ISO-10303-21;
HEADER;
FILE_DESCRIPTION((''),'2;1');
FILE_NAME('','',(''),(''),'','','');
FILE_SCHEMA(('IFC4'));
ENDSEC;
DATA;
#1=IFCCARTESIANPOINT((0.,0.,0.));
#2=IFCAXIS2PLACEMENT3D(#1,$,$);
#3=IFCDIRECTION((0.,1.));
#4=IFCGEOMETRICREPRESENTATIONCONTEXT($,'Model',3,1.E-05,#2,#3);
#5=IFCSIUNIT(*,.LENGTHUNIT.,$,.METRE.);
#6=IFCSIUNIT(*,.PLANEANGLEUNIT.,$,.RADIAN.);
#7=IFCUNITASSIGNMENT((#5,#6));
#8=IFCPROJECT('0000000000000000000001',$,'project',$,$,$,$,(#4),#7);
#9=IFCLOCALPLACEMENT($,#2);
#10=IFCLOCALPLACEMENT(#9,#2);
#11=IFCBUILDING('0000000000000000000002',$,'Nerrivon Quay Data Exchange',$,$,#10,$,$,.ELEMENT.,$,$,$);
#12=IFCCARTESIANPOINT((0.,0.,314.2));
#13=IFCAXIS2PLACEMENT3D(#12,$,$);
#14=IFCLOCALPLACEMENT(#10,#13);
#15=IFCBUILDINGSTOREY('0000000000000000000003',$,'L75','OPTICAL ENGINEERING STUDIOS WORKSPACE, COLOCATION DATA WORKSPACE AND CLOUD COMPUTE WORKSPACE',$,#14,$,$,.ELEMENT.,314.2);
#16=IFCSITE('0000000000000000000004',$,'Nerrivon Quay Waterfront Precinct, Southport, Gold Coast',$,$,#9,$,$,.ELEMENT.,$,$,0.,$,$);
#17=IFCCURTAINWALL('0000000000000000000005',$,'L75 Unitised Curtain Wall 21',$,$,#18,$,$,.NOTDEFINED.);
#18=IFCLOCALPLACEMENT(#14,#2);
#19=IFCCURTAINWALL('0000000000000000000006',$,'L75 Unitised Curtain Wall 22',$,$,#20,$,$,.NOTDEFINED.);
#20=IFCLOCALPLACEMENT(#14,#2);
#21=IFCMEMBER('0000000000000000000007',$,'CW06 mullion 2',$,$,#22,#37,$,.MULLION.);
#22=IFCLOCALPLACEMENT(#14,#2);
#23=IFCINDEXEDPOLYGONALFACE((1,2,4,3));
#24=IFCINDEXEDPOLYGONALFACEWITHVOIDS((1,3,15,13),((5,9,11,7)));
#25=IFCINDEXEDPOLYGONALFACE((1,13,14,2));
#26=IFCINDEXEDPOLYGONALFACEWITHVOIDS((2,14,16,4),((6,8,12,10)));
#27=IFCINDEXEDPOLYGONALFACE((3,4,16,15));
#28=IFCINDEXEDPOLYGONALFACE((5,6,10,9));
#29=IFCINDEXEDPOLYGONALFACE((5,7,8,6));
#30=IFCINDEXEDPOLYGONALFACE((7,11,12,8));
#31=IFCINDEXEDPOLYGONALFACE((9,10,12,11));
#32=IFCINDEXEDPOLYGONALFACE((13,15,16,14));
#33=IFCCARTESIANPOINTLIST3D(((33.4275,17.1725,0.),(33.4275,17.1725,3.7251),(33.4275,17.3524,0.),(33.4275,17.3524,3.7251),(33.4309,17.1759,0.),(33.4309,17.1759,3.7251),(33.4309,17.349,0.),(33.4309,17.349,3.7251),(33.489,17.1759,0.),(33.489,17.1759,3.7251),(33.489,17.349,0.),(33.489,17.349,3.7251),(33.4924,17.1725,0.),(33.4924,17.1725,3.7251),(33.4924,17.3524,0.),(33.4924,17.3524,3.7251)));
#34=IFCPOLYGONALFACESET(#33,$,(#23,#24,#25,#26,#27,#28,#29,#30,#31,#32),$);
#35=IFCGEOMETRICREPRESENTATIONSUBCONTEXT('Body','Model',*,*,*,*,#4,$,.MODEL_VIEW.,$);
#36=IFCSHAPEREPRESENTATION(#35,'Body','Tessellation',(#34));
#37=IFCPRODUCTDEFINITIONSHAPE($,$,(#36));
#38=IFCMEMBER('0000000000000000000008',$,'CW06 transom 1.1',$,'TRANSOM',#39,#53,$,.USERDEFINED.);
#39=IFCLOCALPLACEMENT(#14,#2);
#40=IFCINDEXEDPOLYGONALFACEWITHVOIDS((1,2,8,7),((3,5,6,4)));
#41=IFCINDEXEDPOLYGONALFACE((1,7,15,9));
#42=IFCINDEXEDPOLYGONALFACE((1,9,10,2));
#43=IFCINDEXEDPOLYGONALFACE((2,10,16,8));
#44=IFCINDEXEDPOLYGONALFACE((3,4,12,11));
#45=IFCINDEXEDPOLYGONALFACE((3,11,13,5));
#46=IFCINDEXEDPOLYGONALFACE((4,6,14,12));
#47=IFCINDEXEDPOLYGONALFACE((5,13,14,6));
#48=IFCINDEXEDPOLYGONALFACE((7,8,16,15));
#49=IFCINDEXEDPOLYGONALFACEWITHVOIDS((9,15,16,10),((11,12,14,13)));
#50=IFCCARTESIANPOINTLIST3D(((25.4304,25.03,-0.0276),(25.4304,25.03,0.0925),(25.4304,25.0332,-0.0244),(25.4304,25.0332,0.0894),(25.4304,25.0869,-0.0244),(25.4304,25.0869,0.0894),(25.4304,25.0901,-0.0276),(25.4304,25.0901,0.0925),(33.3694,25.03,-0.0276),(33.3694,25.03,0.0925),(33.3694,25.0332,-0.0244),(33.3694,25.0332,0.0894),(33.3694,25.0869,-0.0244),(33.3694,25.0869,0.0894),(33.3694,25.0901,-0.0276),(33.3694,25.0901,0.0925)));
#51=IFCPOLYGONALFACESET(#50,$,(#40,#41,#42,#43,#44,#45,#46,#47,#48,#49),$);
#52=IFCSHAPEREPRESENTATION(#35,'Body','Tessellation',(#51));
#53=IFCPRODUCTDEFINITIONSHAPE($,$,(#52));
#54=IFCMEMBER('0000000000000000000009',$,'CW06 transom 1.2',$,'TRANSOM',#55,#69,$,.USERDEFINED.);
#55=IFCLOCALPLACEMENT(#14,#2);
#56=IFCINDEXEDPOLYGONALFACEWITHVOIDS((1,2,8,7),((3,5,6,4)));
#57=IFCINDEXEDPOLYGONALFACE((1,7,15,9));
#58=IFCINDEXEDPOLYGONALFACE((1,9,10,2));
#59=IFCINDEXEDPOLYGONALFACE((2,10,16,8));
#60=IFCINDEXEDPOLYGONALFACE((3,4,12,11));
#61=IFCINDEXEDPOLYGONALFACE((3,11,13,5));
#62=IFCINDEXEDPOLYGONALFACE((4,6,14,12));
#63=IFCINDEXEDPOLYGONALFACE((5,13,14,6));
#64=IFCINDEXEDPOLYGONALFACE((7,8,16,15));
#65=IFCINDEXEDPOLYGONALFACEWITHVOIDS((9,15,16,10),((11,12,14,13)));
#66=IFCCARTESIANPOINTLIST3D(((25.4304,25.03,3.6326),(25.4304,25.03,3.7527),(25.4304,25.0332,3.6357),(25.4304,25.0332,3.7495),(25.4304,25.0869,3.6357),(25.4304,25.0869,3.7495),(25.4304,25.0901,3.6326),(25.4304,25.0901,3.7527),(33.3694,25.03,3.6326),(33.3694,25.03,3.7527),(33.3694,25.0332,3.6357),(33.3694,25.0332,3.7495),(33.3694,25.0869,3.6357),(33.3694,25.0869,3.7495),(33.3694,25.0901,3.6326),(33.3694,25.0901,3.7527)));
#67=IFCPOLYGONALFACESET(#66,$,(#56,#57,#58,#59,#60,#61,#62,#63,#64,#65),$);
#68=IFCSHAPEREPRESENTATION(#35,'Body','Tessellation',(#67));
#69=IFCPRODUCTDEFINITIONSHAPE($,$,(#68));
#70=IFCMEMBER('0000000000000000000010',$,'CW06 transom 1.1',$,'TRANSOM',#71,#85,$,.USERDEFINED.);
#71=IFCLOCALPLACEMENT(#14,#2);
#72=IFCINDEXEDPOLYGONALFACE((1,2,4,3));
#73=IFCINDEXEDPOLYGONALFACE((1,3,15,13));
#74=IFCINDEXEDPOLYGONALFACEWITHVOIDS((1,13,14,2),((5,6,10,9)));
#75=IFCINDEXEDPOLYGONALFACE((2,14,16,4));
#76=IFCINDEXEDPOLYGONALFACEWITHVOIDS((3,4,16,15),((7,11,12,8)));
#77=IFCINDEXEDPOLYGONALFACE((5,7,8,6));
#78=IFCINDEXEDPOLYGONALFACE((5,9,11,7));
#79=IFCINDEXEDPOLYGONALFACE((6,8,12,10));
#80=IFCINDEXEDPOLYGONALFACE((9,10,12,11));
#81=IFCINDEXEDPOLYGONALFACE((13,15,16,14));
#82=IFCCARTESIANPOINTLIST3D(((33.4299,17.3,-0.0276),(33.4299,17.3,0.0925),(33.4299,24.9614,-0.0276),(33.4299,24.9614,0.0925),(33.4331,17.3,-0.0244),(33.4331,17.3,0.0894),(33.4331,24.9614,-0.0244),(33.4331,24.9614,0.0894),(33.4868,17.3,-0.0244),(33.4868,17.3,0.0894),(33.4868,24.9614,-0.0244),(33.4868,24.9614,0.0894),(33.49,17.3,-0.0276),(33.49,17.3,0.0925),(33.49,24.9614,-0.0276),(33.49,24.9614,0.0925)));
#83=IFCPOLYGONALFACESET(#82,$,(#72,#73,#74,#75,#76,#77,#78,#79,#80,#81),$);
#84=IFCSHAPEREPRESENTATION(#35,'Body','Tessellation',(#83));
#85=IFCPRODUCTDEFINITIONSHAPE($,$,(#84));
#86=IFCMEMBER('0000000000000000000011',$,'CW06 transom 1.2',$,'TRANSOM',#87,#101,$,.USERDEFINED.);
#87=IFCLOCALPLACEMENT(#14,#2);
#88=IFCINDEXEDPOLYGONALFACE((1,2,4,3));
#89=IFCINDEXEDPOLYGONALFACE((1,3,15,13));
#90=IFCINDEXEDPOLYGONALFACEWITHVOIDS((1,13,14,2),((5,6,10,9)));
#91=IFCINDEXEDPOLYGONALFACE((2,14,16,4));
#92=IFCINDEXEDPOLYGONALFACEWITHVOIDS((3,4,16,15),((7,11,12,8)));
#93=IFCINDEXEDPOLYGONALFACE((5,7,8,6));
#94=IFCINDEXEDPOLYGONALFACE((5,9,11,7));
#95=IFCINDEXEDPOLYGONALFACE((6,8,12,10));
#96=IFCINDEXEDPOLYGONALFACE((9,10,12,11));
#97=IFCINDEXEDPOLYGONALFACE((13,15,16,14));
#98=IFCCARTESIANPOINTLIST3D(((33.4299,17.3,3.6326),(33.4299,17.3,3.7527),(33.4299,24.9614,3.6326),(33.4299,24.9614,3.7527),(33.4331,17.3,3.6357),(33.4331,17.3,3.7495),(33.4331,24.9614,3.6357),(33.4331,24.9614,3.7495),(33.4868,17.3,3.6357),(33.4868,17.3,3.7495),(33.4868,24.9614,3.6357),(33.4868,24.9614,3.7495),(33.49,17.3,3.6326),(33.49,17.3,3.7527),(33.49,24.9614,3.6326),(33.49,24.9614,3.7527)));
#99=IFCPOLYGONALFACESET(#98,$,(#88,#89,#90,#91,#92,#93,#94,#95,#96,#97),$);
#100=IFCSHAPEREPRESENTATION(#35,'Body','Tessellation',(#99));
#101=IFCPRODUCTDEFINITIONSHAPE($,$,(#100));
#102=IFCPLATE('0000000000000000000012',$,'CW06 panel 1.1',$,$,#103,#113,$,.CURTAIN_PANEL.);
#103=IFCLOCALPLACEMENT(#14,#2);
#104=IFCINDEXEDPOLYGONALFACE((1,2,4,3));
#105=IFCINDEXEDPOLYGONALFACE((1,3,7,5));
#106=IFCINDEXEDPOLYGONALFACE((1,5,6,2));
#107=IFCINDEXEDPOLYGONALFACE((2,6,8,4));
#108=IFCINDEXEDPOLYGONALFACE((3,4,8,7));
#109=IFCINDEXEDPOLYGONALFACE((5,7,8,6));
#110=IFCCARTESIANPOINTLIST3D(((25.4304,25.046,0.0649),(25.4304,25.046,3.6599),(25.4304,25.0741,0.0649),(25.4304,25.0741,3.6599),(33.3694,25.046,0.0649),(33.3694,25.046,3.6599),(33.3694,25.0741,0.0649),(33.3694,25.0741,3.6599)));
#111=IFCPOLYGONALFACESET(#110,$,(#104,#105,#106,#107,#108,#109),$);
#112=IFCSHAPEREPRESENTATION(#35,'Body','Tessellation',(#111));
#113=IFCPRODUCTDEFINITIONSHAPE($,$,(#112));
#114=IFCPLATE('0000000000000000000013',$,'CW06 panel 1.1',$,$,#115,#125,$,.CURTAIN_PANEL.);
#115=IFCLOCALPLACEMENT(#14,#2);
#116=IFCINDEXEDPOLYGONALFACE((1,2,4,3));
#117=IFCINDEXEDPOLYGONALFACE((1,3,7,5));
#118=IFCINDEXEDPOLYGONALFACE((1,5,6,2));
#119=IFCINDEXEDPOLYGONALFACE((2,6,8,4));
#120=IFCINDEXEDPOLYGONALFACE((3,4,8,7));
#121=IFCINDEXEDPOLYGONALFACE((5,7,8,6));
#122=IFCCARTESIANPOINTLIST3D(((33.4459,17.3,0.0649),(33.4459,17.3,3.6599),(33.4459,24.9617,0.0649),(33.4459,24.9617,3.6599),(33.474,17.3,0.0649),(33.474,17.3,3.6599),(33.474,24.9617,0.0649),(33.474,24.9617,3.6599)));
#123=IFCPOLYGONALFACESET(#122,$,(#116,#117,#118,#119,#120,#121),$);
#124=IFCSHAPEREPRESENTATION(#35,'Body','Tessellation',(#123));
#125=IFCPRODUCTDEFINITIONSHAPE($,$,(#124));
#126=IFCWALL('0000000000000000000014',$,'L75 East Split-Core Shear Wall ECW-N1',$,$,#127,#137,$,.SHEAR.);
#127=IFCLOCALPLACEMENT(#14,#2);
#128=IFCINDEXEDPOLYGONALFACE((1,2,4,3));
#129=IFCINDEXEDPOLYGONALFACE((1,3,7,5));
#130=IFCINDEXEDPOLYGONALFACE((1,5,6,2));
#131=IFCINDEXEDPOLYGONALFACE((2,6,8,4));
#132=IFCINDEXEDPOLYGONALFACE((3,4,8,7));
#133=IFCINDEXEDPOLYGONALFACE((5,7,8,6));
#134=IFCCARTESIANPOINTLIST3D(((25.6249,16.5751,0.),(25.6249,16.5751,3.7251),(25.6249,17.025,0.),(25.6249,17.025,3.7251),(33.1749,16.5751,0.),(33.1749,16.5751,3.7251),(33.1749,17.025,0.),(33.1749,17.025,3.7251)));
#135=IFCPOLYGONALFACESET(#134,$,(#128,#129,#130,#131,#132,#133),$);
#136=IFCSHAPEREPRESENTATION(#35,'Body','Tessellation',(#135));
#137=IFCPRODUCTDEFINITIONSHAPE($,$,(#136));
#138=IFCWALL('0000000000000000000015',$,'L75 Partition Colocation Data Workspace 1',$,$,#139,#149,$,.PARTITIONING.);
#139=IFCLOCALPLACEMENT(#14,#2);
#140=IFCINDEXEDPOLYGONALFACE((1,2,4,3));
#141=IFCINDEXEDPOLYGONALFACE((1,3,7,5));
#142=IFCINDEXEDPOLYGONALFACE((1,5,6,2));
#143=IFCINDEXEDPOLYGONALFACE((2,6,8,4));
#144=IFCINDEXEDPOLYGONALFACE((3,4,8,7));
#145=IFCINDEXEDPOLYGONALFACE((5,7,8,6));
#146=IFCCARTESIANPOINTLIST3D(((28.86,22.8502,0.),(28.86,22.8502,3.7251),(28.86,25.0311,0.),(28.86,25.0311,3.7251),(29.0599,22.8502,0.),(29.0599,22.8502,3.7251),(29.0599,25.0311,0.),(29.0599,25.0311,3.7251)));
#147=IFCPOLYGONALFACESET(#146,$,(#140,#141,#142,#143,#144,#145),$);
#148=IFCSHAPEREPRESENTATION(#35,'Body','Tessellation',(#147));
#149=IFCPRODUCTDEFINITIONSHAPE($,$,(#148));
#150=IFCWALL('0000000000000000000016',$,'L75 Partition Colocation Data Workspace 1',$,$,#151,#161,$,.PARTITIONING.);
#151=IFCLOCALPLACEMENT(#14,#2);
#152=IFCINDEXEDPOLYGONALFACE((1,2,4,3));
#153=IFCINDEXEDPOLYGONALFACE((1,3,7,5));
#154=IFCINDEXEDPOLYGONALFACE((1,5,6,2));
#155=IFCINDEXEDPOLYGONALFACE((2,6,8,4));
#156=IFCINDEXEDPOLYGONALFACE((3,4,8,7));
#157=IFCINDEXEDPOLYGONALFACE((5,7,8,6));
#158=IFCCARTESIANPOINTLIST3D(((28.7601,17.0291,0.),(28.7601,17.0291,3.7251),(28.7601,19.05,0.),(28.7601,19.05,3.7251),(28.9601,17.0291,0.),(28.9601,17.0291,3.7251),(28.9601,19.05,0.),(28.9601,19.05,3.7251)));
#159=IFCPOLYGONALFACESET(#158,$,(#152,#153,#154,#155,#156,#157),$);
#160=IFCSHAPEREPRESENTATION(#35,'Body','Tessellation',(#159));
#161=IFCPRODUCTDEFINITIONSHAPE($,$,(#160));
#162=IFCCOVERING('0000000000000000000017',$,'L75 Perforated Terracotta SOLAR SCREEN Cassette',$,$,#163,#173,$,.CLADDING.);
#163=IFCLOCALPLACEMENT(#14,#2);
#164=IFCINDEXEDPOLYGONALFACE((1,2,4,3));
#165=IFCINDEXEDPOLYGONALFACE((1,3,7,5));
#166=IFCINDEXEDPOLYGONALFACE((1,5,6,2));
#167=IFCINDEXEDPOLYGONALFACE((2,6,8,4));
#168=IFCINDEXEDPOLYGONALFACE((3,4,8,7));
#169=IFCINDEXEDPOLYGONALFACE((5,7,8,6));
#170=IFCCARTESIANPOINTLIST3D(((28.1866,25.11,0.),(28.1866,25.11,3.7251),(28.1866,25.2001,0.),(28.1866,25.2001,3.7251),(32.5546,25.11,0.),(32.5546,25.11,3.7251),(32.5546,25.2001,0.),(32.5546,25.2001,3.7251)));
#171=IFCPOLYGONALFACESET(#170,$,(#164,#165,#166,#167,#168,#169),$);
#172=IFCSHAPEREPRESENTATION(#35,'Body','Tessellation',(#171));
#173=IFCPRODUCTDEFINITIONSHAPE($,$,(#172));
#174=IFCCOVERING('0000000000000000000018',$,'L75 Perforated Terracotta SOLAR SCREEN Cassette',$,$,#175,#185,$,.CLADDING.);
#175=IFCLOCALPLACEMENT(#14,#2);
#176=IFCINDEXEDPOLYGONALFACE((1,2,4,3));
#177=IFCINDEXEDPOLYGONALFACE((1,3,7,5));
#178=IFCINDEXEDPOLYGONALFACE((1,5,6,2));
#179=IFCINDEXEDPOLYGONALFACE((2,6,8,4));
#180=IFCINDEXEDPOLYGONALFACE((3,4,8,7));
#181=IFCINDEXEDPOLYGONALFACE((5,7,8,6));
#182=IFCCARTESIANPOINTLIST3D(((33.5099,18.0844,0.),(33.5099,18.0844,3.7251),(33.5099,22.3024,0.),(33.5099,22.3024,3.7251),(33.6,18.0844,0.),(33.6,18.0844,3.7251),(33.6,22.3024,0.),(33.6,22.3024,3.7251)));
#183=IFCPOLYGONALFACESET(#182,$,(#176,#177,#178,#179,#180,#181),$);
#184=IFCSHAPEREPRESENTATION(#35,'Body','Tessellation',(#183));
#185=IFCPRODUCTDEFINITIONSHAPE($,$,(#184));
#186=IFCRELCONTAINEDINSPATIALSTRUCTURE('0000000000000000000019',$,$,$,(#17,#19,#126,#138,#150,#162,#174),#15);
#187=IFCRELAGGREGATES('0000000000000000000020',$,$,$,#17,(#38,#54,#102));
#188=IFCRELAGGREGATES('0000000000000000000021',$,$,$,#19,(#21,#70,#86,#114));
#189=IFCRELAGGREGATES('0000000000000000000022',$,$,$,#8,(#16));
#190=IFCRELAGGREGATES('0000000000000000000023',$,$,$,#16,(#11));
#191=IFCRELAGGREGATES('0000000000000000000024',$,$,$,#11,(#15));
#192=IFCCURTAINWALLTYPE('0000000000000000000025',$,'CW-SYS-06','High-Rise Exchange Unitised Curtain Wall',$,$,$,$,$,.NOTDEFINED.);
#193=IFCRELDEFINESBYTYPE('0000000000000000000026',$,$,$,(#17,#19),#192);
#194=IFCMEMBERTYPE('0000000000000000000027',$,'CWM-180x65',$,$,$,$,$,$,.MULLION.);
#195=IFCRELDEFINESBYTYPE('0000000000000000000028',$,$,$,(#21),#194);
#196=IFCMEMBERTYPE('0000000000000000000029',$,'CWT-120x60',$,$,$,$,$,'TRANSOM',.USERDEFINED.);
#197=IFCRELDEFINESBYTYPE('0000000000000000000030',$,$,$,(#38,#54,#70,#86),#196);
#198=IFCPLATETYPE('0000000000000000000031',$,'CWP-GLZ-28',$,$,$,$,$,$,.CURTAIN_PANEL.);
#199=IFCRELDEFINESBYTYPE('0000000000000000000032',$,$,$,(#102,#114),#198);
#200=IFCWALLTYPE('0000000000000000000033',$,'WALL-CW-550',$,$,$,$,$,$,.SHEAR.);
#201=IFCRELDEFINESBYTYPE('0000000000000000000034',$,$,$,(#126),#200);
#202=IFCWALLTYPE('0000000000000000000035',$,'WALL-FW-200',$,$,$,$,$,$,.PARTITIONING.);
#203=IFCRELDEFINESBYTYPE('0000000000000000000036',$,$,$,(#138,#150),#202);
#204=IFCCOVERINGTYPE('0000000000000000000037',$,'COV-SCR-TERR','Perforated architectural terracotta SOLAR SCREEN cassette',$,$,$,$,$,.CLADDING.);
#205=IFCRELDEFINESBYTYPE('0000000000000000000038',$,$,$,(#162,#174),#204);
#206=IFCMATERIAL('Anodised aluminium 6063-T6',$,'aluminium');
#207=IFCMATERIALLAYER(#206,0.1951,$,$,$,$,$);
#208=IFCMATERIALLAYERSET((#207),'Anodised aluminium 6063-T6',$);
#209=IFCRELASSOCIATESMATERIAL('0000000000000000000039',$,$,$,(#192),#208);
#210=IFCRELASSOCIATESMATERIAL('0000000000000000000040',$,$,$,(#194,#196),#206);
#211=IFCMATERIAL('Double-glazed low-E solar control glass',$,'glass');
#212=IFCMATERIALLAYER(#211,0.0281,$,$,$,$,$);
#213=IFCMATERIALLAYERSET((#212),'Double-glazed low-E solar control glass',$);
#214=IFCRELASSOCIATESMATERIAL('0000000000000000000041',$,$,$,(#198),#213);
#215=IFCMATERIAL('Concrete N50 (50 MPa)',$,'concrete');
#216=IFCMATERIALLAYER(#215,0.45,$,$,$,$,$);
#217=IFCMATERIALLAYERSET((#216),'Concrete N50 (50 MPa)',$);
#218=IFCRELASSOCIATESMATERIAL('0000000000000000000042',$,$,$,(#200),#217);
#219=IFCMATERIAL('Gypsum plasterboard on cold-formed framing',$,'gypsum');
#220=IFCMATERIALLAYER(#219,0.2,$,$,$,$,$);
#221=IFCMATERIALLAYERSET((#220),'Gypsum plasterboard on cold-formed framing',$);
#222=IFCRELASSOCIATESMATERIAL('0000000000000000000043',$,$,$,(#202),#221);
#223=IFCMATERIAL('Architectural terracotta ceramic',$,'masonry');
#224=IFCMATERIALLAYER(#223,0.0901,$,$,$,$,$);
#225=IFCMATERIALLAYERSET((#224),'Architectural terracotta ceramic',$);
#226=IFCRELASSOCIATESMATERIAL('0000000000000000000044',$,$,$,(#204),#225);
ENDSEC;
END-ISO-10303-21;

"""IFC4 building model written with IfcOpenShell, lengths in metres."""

from ifc_helpers import new_model, si_unit, direction, frame, frame_2d, origin, origin_2d, place, context, subcontext, project, spatial, rectangle, hollow_rectangle, extrude, material, layer, layer_set, material_profile, profile_set, type_object, element, aggregate, save


model = new_model("IFC4")

# Units and contexts
model_context = context("Model", 3, precision=1e-05, world=origin(), true_north=direction((0.0, 1.0)))
body_context = subcontext(model_context, "Body", "Model", "MODEL_VIEW")
ifc_project = project(units=[si_unit("LENGTHUNIT", "METRE"), si_unit("PLANEANGLEUNIT", "RADIAN")], contexts=[model_context])

# Site, building, storey
site_placement = place(None, origin())
site = spatial("IfcSite", under=ifc_project, at=site_placement, Name="Nerrivon Quay Waterfront Precinct, Southport, Gold Coast", CompositionType="ELEMENT", RefElevation=0.0)
building_placement = place(site_placement, origin())
building = spatial("IfcBuilding", under=site, at=building_placement, Name="Nerrivon Quay Data Exchange", CompositionType="ELEMENT")
storey_placement = place(building_placement, frame((0.0, 0.0, 314.2)))
storey = spatial("IfcBuildingStorey", under=building, at=storey_placement, Name="L75", Description="OPTICAL ENGINEERING STUDIOS WORKSPACE, COLOCATION DATA WORKSPACE AND CLOUD COMPUTE WORKSPACE", CompositionType="ELEMENT", Elevation=314.2)

# Curtain walls, member
ifc_material_1 = material(Name="Anodised aluminium 6063-T6", Category="aluminium")
ifc_layer_1 = layer(ifc_material_1, 0.1951)
ifc_layer_set_1 = layer_set([ifc_layer_1], Name="Anodised aluminium 6063-T6")
curtain_wall_type = type_object("IfcCurtainWallType", Name="CW-SYS-06", Description="High-Rise Exchange Unitised Curtain Wall", PredefinedType="NOTDEFINED", material=ifc_layer_set_1)
curtain_wall_1_placement = place(storey_placement, origin())
curtain_wall_1 = element("IfcCurtainWall", 1, at=curtain_wall_1_placement, inside=storey, type_object=curtain_wall_type, Name="L75 Unitised Curtain Wall 21", PredefinedType="NOTDEFINED")
ifc_material_profile_1 = material_profile(ifc_material_1, hollow_rectangle(XDim=0.0649, YDim=0.1799, WallThickness=0.0034, at=origin_2d()), Name="ALU-MULL-180x65")
ifc_profile_set_1 = profile_set([ifc_material_profile_1], Name="Anodised aluminium 6063-T6")
member_type_1 = type_object("IfcMemberType", Name="CWM-180x65", PredefinedType="MULLION", material=ifc_profile_set_1)
curtain_wall_2_placement = place(storey_placement, origin())
curtain_wall_2 = element("IfcCurtainWall", 2, at=curtain_wall_2_placement, inside=storey, type_object=curtain_wall_type, Name="L75 Unitised Curtain Wall 22", PredefinedType="NOTDEFINED")
member_1_placement = place(storey_placement, frame((33.46, 17.2625, 0.0), z_axis=(0.0, 0.0, 1.0), x_axis=(1.0, 0.0, 0.0)))
member_1 = element("IfcMember", 3, at=member_1_placement, type_object=member_type_1, Name="CW06 mullion 2", PredefinedType="MULLION", context=body_context, shape_type="SweptSolid", body=[
    extrude(hollow_rectangle(XDim=0.0649, YDim=0.1799, WallThickness=0.0034, at=origin_2d()), origin(), (0.0, 0.0, 1.0), 3.7251),
])

# Members
ifc_material_profile_2 = material_profile(ifc_material_1, hollow_rectangle(XDim=0.0601, YDim=0.1201, WallThickness=0.0032, at=origin_2d()), Name="ALU-TRAN-120x60")
ifc_profile_set_2 = profile_set([ifc_material_profile_2], Name="Anodised aluminium 6063-T6")
member_type_2 = type_object("IfcMemberType", Name="CWT-120x60", ElementType="TRANSOM", PredefinedType="USERDEFINED", material=ifc_profile_set_2)
member_2_placement = place(storey_placement, frame((25.4304, 25.0601, 0.0325), z_axis=(1.0, 0.0, 0.0), x_axis=(0.0, 1.0, 0.0)))
member_2 = element("IfcMember", 4, at=member_2_placement, type_object=member_type_2, Name="CW06 transom 1.1", ObjectType="TRANSOM", PredefinedType="USERDEFINED", context=body_context, shape_type="SweptSolid", body=[
    extrude(hollow_rectangle(XDim=0.0601, YDim=0.1201, WallThickness=0.0032, at=origin_2d()), origin(), (0.0, 0.0, 1.0), 7.939),
])
member_3_placement = place(storey_placement, frame((25.4304, 25.0601, 3.6926), z_axis=(1.0, 0.0, 0.0), x_axis=(0.0, 1.0, 0.0)))
member_3 = element("IfcMember", 5, at=member_3_placement, type_object=member_type_2, Name="CW06 transom 1.2", ObjectType="TRANSOM", PredefinedType="USERDEFINED", context=body_context, shape_type="SweptSolid", body=[
    extrude(hollow_rectangle(XDim=0.0601, YDim=0.1201, WallThickness=0.0032, at=origin_2d()), origin(), (0.0, 0.0, 1.0), 7.939),
])
member_4_placement = place(storey_placement, frame((33.46, 24.9614, 0.0325), z_axis=(0.0, -1.0, 0.0), x_axis=(1.0, 0.0, 0.0)))
member_4 = element("IfcMember", 6, at=member_4_placement, type_object=member_type_2, Name="CW06 transom 1.1", ObjectType="TRANSOM", PredefinedType="USERDEFINED", context=body_context, shape_type="SweptSolid", body=[
    extrude(hollow_rectangle(XDim=0.0601, YDim=0.1201, WallThickness=0.0032, at=origin_2d()), origin(), (0.0, 0.0, 1.0), 7.6614),
])
member_5_placement = place(storey_placement, frame((33.46, 24.9614, 3.6926), z_axis=(0.0, -1.0, 0.0), x_axis=(1.0, 0.0, 0.0)))
member_5 = element("IfcMember", 7, at=member_5_placement, type_object=member_type_2, Name="CW06 transom 1.2", ObjectType="TRANSOM", PredefinedType="USERDEFINED", context=body_context, shape_type="SweptSolid", body=[
    extrude(hollow_rectangle(XDim=0.0601, YDim=0.1201, WallThickness=0.0032, at=origin_2d()), origin(), (0.0, 0.0, 1.0), 7.6614),
])

# Plates
ifc_material_2 = material(Name="Double-glazed low-E solar control glass", Category="glass")
ifc_layer_2 = layer(ifc_material_2, 0.0281)
ifc_layer_set_2 = layer_set([ifc_layer_2], Name="Double-glazed low-E solar control glass")
plate_type = type_object("IfcPlateType", Name="CWP-GLZ-28", PredefinedType="CURTAIN_PANEL", material=ifc_layer_set_2)
plate_1_placement = place(storey_placement, frame((29.3999, 25.0601, 0.0649), z_axis=(0.0, 0.0, 1.0), x_axis=(1.0, 0.0, 0.0)))
plate_1 = element("IfcPlate", 8, at=plate_1_placement, type_object=plate_type, Name="CW06 panel 1.1", PredefinedType="CURTAIN_PANEL", context=body_context, shape_type="SweptSolid", body=[
    extrude(rectangle(XDim=7.939, YDim=0.0281, at=origin_2d()), origin(), (0.0, 0.0, 1.0), 3.595),
])
aggregate(curtain_wall_1, [member_2, member_3, plate_1])
plate_2_placement = place(storey_placement, frame((33.46, 21.1309, 0.0649), z_axis=(0.0, 0.0, 1.0), x_axis=(0.0, -1.0, 0.0)))
plate_2 = element("IfcPlate", 9, at=plate_2_placement, type_object=plate_type, Name="CW06 panel 1.1", PredefinedType="CURTAIN_PANEL", context=body_context, shape_type="SweptSolid", body=[
    extrude(rectangle(XDim=7.6616, YDim=0.0281, at=origin_2d()), origin(), (0.0, 0.0, 1.0), 3.595),
])
aggregate(curtain_wall_2, [member_1, member_4, member_5, plate_2])

# Walls
ifc_material_3 = material(Name="Concrete N50 (50 MPa)", Category="concrete")
ifc_layer_3 = layer(ifc_material_3, 0.45)
ifc_layer_set_3 = layer_set([ifc_layer_3], Name="Concrete N50 (50 MPa)")
wall_type_1 = type_object("IfcWallType", Name="WALL-CW-550", PredefinedType="SHEAR", material=ifc_layer_set_3)
wall_1_placement = place(storey_placement, frame((25.625, 16.8, 0.0), z_axis=(0.0, 0.0, 1.0), x_axis=(1.0, 0.0, 0.0)))
element("IfcWall", 10, at=wall_1_placement, inside=storey, type_object=wall_type_1, Name="L75 East Split-Core Shear Wall ECW-N1", PredefinedType="SHEAR", context=body_context, shape_type="SweptSolid", body=[
    extrude(rectangle(XDim=7.55, YDim=0.45, at=frame_2d((3.7749, 0.0))), origin(), (0.0, 0.0, 1.0), 3.7251),
])
ifc_material_4 = material(Name="Gypsum plasterboard on cold-formed framing", Category="gypsum")
ifc_layer_4 = layer(ifc_material_4, 0.2)
ifc_layer_set_4 = layer_set([ifc_layer_4], Name="Gypsum plasterboard on cold-formed framing")
wall_type_2 = type_object("IfcWallType", Name="WALL-FW-200", PredefinedType="PARTITIONING", material=ifc_layer_set_4)
wall_2_placement = place(storey_placement, frame((28.96, 25.031, 0.0), z_axis=(0.0, 0.0, 1.0), x_axis=(0.0, -1.0, 0.0)))
element("IfcWall", 11, at=wall_2_placement, inside=storey, type_object=wall_type_2, Name="L75 Partition Colocation Data Workspace 1", PredefinedType="PARTITIONING", context=body_context, shape_type="SweptSolid", body=[
    extrude(rectangle(XDim=2.1809, YDim=0.2, at=frame_2d((1.0903, 0.0))), origin(), (0.0, 0.0, 1.0), 3.7251),
])

# Wall
wall_3_placement = place(storey_placement, frame((28.8601, 19.05, 0.0), z_axis=(0.0, 0.0, 1.0), x_axis=(0.0, -1.0, 0.0)))
element("IfcWall", 12, at=wall_3_placement, inside=storey, type_object=wall_type_2, Name="L75 Partition Colocation Data Workspace 1", PredefinedType="PARTITIONING", context=body_context, shape_type="SweptSolid", body=[
    extrude(rectangle(XDim=2.021, YDim=0.2, at=frame_2d((1.0105, 0.0))), origin(), (0.0, 0.0, 1.0), 3.7251),
])

# Coverings
ifc_material_5 = material(Name="Architectural terracotta ceramic", Category="masonry")
ifc_layer_5 = layer(ifc_material_5, 0.0901)
ifc_layer_set_5 = layer_set([ifc_layer_5], Name="Architectural terracotta ceramic")
covering_type = type_object("IfcCoveringType", Name="COV-SCR-TERR", Description="Perforated architectural terracotta SOLAR SCREEN cassette", PredefinedType="CLADDING", material=ifc_layer_set_5)
covering_1_placement = place(storey_placement, frame((30.3706, 25.155, 0.0), z_axis=(0.0, 0.0, 1.0), x_axis=(1.0, 0.0, 0.0)))
element("IfcCovering", 13, at=covering_1_placement, inside=storey, type_object=covering_type, Name="L75 Perforated Terracotta SOLAR SCREEN Cassette", PredefinedType="CLADDING", context=body_context, shape_type="SweptSolid", body=[
    extrude(rectangle(XDim=4.3679, YDim=0.0901, at=origin_2d()), origin(), (0.0, 0.0, 1.0), 3.7251),
])
covering_2_placement = place(storey_placement, frame((33.5549, 20.1934, 0.0), z_axis=(0.0, 0.0, 1.0), x_axis=(0.0, -1.0, 0.0)))
element("IfcCovering", 14, at=covering_2_placement, inside=storey, type_object=covering_type, Name="L75 Perforated Terracotta SOLAR SCREEN Cassette", PredefinedType="CLADDING", context=body_context, shape_type="SweptSolid", body=[
    extrude(rectangle(XDim=4.218, YDim=0.0901, at=origin_2d()), origin(), (0.0, 0.0, 1.0), 3.7251),
])

save(model, "model.ifc")
